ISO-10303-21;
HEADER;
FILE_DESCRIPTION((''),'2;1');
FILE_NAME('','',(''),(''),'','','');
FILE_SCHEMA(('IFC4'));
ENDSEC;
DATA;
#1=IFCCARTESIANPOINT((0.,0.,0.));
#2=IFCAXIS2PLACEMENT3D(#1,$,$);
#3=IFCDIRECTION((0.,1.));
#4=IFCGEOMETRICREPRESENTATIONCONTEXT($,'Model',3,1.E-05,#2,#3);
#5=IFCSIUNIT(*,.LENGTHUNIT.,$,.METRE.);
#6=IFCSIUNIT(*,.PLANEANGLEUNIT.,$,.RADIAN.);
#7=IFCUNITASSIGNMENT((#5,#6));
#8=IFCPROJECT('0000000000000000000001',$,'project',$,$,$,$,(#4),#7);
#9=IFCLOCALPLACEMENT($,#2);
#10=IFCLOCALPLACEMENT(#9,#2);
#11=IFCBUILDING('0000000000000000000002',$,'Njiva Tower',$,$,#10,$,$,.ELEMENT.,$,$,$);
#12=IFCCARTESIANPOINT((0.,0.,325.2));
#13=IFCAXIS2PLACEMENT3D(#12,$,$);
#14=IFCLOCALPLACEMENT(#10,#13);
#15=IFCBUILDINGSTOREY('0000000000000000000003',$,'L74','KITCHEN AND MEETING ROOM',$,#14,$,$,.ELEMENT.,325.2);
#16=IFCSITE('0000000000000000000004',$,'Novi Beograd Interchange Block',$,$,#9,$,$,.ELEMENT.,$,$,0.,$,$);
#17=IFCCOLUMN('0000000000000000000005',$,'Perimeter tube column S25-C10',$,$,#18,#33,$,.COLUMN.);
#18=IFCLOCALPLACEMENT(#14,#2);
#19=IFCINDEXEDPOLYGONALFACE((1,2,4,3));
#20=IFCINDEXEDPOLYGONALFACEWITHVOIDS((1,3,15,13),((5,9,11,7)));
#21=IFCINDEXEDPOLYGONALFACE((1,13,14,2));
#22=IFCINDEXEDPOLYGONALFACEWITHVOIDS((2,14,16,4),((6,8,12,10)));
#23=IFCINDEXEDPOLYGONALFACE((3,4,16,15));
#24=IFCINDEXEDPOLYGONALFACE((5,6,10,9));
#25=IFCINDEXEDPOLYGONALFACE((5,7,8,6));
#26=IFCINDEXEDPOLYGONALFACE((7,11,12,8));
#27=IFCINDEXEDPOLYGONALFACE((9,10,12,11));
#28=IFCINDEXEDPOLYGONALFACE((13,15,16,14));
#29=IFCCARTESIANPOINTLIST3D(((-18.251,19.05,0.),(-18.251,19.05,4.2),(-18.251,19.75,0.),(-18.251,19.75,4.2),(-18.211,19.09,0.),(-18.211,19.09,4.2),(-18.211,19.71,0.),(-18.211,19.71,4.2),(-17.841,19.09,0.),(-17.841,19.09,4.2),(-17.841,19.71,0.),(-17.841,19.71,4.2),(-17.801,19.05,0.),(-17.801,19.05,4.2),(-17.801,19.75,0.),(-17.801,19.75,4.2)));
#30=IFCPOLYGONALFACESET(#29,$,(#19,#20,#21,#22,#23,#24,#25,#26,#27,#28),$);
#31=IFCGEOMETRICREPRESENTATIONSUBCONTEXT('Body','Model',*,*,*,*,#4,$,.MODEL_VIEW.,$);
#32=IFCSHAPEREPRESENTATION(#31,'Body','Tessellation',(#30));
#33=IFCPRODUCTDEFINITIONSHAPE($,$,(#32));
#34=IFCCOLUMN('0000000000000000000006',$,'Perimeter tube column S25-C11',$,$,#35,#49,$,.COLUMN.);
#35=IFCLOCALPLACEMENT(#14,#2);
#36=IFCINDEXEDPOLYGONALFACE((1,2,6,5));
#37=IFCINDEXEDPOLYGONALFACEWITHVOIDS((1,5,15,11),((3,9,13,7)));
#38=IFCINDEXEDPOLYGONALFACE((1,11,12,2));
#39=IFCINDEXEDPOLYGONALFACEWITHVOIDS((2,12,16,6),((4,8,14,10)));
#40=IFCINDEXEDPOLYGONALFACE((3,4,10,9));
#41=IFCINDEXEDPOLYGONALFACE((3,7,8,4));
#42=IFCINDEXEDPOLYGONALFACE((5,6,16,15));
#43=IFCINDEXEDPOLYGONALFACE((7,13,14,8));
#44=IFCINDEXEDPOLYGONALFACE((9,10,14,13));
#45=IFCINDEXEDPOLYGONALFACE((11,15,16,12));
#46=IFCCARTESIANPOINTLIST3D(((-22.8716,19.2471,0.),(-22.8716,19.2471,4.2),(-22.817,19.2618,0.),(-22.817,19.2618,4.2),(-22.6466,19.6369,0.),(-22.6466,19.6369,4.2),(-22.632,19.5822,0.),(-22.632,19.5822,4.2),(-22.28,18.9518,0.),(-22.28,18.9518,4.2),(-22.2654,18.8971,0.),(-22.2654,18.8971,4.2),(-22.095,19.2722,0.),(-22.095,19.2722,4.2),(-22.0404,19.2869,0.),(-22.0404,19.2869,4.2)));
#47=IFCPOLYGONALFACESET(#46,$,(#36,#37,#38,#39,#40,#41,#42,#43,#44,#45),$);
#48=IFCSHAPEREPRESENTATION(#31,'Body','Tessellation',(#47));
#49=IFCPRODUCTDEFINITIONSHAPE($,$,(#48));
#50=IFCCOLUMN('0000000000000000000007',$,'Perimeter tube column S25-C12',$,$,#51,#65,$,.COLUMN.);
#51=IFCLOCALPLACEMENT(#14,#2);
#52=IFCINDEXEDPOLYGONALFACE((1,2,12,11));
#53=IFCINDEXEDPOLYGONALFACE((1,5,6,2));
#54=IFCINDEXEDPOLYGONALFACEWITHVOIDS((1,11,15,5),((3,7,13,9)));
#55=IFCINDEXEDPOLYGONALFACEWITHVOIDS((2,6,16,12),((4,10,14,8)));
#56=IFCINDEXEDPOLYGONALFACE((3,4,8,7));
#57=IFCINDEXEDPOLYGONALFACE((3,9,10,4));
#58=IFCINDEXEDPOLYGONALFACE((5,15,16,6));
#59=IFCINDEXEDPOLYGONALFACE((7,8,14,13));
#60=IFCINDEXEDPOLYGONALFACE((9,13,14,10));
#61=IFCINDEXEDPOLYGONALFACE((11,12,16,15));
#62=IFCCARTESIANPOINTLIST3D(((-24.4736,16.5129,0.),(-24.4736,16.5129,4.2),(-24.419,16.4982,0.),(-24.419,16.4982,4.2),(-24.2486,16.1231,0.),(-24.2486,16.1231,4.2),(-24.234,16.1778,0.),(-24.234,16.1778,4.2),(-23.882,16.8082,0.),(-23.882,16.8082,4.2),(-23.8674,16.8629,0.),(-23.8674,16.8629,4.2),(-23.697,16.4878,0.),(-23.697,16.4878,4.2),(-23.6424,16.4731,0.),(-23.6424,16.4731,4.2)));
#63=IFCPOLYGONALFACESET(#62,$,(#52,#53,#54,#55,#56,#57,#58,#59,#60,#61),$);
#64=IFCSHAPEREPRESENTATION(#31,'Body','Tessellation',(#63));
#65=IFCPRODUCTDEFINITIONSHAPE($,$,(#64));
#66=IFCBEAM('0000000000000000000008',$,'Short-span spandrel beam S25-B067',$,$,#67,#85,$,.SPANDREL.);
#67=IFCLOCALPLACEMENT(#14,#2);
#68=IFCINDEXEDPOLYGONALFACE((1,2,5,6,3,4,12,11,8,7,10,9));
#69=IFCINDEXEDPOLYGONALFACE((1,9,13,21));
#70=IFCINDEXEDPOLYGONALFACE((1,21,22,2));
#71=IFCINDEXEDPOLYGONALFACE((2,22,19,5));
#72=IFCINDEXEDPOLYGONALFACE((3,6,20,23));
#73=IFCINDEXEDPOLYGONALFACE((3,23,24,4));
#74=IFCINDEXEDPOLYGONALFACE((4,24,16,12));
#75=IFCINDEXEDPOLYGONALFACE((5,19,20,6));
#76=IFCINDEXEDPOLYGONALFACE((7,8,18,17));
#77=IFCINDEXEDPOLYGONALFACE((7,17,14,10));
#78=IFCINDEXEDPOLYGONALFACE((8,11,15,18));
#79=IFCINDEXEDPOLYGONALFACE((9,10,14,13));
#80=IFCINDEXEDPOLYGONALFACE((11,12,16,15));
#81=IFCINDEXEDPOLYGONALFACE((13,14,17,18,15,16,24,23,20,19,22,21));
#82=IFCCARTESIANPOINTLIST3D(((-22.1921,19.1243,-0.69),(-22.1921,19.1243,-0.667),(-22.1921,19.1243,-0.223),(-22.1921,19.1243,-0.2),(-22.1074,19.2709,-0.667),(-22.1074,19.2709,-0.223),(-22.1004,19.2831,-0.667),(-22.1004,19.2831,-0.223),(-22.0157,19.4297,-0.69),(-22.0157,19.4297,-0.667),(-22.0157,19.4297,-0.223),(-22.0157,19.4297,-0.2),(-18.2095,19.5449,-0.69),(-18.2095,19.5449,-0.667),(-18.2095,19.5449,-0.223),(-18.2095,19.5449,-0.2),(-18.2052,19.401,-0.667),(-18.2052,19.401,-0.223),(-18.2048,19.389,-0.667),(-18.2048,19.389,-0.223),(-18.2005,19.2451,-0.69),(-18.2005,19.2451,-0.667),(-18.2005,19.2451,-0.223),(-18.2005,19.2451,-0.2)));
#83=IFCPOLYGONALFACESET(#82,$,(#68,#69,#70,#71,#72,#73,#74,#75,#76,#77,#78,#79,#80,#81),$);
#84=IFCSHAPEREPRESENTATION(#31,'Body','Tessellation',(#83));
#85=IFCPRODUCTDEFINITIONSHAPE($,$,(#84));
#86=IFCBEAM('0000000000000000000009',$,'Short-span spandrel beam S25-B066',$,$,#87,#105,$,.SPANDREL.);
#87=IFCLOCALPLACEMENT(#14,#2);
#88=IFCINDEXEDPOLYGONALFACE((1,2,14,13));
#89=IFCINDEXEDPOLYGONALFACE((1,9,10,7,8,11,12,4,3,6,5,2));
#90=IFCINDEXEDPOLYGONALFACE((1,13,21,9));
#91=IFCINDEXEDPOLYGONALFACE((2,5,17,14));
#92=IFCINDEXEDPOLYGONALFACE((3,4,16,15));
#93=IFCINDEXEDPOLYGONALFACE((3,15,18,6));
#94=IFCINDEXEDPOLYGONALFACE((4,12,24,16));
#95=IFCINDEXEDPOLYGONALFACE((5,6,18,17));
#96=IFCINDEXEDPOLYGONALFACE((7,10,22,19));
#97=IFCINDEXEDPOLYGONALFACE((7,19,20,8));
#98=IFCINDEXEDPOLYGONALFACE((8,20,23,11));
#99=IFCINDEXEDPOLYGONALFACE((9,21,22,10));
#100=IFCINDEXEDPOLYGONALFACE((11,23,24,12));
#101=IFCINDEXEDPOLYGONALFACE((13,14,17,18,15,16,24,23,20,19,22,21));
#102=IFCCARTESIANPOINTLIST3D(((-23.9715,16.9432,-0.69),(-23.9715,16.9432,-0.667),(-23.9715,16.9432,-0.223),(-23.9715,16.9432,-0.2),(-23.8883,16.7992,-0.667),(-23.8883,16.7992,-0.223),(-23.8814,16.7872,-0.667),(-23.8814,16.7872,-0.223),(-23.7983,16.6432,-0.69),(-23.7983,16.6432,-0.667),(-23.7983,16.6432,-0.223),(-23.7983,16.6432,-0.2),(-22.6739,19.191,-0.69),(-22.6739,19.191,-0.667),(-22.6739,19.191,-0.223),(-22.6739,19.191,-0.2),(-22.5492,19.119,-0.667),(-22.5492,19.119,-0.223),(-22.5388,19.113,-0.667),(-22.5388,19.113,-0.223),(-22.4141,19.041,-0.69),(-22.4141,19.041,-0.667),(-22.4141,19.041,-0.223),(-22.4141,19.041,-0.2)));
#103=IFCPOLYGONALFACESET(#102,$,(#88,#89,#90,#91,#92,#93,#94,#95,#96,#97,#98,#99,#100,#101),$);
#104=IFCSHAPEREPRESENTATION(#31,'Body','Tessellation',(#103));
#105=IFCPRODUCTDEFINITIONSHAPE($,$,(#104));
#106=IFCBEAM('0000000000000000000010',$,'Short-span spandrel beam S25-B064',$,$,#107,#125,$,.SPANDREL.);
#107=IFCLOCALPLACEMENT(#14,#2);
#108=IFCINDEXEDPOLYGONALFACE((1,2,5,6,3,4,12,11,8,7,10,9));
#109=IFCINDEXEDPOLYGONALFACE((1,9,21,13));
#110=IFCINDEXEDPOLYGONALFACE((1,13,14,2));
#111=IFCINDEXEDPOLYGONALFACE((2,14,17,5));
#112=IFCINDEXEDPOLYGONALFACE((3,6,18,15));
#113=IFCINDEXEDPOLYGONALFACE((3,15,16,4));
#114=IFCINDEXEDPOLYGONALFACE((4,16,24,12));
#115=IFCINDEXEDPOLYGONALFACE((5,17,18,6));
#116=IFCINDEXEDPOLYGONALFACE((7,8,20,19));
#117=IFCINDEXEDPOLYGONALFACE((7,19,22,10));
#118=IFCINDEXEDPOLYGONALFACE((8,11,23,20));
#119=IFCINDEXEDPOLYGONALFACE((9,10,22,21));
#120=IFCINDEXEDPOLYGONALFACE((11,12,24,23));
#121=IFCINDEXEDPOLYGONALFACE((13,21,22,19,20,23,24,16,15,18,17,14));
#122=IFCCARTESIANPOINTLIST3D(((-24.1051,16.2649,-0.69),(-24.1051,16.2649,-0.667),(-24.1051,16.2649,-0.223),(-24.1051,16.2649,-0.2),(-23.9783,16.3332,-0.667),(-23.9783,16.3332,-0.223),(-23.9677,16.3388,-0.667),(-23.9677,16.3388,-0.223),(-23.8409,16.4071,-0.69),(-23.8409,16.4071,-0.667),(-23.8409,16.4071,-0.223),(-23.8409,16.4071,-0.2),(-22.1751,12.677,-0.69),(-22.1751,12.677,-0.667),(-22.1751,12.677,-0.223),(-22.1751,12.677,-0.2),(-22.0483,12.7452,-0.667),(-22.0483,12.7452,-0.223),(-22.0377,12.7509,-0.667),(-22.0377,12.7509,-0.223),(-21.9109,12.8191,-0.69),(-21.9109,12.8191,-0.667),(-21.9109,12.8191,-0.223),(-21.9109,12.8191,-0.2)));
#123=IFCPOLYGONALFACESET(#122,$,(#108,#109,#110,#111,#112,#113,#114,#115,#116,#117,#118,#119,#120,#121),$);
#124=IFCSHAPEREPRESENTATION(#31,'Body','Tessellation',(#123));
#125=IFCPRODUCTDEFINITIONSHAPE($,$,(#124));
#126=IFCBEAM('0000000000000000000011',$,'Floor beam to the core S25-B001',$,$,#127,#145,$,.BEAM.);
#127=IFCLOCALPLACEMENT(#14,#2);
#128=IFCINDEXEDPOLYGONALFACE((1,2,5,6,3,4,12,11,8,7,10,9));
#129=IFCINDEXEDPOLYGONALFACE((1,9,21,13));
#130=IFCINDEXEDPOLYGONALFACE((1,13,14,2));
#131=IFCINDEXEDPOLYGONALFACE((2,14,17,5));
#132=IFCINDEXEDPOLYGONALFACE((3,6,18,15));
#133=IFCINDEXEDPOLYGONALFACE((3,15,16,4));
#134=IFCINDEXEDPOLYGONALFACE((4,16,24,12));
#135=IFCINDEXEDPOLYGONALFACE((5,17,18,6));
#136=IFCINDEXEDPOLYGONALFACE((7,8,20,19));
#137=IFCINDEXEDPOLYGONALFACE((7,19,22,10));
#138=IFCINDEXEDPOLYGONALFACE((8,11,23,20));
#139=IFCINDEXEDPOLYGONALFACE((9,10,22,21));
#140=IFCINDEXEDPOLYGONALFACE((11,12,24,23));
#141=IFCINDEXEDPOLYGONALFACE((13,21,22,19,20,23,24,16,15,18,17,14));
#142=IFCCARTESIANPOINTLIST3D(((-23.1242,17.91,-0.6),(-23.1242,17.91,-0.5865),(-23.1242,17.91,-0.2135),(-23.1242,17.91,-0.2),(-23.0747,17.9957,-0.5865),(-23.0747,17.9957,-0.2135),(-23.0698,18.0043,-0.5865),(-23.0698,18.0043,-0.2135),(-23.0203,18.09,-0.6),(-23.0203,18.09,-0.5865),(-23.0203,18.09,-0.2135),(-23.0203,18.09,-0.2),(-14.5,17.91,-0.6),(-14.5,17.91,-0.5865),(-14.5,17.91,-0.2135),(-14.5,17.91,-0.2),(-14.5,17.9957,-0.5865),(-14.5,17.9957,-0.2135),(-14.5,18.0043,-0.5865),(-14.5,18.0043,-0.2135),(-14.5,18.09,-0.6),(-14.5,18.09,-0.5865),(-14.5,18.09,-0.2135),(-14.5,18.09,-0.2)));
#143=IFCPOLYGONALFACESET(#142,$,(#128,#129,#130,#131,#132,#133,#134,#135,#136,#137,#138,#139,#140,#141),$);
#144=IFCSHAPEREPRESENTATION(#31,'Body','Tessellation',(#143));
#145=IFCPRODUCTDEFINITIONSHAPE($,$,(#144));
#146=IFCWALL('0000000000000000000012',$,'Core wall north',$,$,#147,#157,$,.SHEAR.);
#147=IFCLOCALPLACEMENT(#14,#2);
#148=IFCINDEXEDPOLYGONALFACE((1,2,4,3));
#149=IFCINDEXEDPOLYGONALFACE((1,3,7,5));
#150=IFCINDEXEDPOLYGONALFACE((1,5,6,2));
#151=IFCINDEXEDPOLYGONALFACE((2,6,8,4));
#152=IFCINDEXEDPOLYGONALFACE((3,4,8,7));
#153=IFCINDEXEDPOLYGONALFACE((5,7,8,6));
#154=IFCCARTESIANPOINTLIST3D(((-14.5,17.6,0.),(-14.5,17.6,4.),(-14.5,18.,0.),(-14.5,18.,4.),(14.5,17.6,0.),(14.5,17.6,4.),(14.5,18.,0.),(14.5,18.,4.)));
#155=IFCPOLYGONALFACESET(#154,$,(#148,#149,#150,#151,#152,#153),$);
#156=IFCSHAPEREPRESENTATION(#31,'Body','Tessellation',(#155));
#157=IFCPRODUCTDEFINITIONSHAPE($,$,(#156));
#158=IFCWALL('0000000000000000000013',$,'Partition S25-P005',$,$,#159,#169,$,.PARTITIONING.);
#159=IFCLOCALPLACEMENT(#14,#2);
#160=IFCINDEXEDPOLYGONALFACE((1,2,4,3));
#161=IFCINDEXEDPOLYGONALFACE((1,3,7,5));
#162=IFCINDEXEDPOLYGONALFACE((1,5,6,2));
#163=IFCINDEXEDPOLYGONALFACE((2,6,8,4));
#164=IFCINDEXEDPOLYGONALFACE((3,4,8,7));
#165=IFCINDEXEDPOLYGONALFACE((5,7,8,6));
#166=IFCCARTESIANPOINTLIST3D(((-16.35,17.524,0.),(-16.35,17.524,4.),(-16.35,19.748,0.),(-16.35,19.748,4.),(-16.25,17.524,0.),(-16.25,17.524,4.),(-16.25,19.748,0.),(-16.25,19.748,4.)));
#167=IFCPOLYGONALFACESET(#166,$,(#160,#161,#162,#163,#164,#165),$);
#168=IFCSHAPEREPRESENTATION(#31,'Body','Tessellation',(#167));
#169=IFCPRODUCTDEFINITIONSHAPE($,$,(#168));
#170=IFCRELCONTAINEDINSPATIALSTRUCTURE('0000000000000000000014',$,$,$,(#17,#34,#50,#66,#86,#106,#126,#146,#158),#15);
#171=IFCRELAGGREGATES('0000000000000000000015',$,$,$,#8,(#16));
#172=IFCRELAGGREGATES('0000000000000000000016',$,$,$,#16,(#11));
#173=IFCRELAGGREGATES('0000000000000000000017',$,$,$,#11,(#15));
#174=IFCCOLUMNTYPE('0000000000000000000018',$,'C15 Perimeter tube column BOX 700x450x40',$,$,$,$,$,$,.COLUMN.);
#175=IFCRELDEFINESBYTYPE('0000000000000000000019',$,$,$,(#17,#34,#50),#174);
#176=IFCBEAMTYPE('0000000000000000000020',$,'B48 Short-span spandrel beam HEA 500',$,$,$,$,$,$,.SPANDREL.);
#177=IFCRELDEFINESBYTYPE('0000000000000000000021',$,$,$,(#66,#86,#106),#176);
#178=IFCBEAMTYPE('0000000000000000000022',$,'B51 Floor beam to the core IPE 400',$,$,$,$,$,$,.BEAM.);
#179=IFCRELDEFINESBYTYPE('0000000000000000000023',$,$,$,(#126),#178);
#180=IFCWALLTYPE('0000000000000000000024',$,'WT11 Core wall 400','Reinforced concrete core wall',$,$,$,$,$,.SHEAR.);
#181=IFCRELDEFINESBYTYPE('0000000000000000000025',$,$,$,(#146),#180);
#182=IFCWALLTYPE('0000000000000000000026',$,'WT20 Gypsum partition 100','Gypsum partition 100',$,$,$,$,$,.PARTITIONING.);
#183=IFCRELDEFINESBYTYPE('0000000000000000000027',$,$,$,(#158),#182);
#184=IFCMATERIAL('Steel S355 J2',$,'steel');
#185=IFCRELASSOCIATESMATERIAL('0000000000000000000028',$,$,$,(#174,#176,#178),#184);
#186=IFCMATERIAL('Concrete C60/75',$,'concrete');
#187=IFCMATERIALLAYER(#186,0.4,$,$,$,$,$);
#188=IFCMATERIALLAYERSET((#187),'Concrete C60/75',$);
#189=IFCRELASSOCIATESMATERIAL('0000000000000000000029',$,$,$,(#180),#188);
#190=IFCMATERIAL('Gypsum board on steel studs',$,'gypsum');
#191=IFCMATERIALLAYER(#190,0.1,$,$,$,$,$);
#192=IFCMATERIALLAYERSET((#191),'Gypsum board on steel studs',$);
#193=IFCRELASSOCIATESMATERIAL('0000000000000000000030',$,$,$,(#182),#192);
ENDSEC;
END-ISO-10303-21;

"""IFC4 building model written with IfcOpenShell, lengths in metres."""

from ifc_helpers import new_model, si_unit, direction, frame, frame_2d, origin, origin_2d, place, context, subcontext, project, spatial, rectangle, hollow_rectangle, i_section, extrude, clip, halfspace, material, layer, layer_set, material_profile, profile_set, type_object, element, save


model = new_model("IFC4")

# Units and contexts
model_context = context("Model", 3, precision=1e-05, world=origin(), true_north=direction((0.0, 1.0)))
body_context = subcontext(model_context, "Body", "Model", "MODEL_VIEW")
ifc_project = project(units=[si_unit("LENGTHUNIT", "METRE"), si_unit("PLANEANGLEUNIT", "RADIAN")], contexts=[model_context])

# Site, building, storey
site_placement = place(None, origin())
site = spatial("IfcSite", under=ifc_project, at=site_placement, Name="Novi Beograd Interchange Block", CompositionType="ELEMENT", RefElevation=0.0)
building_placement = place(site_placement, origin())
building = spatial("IfcBuilding", under=site, at=building_placement, Name="Njiva Tower", CompositionType="ELEMENT")
storey_placement = place(building_placement, frame((0.0, 0.0, 325.2)))
storey = spatial("IfcBuildingStorey", under=building, at=storey_placement, Name="L74", Description="KITCHEN AND MEETING ROOM", CompositionType="ELEMENT", Elevation=325.2)

# Columns
ifc_material_1 = material(Name="Steel S355 J2", Category="steel")
ifc_material_profile_1 = material_profile(ifc_material_1, hollow_rectangle(XDim=0.45, YDim=0.7, WallThickness=0.04, at=origin_2d()), Name="BOX 700x450x40")
ifc_profile_set_1 = profile_set([ifc_material_profile_1], Name="Steel S355 J2")
column_type = type_object("IfcColumnType", Name="C15 Perimeter tube column BOX 700x450x40", PredefinedType="COLUMN", material=ifc_profile_set_1)
for number, where, z_axis, x_axis, name in (
    (1, (-18.026, 19.4, 0.0), (0.0, 0.0, 1.0), (-1.0, 0.0, 0.0), "Perimeter tube column S25-C10"),
    (2, (-22.456, 19.267, 0.0), (0.0, 0.0, 1.0), (-0.5, -0.866025, 0.0), "Perimeter tube column S25-C11"),
    (3, (-24.058, 16.493, 0.0), (0.0, 0.0, 1.0), (0.5, -0.866025, 0.0), "Perimeter tube column S25-C12"),
):
    element("IfcColumn", number, at=place(storey_placement, frame(where, z_axis=z_axis, x_axis=x_axis)), inside=storey, type_object=column_type, Name=name, PredefinedType="COLUMN", context=body_context, shape_type="SweptSolid", body=[
        extrude(hollow_rectangle(XDim=0.45, YDim=0.7, WallThickness=0.04, at=origin_2d()), origin(), (0.0, 0.0, 1.0), 4.2),
    ])

# Beams
ifc_material_profile_2 = material_profile(ifc_material_1, i_section(OverallWidth=0.3, OverallDepth=0.49, WebThickness=0.012, FlangeThickness=0.023, at=origin_2d()), Name="HEA 500")
ifc_profile_set_2 = profile_set([ifc_material_profile_2], Name="Steel S355 J2")
beam_type_1 = type_object("IfcBeamType", Name="B48 Short-span spandrel beam HEA 500", PredefinedType="SPANDREL", material=ifc_profile_set_2)
beam_1_placement = place(storey_placement, frame((-18.205, 19.395, -0.445), z_axis=(-0.999542, -0.03025, 0.0), x_axis=(0.03025, -0.999542, 0.0)))
element("IfcBeam", 4, at=beam_1_placement, inside=storey, type_object=beam_type_1, Name="Short-span spandrel beam S25-B067", PredefinedType="SPANDREL", context=body_context, shape_type="Clipping", body=[
    clip(extrude(i_section(OverallWidth=0.3, OverallDepth=0.49, WebThickness=0.012, FlangeThickness=0.023, at=origin_2d()), origin(), (0.0, 0.0, 1.0), 4.0138), halfspace(frame((-0.0268, 0.0, 3.8841), z_axis=(-0.525967, 0.0, 0.850505), x_axis=(0.0, 1.0, 0.0)), False)),
])
beam_2_placement = place(storey_placement, frame((-22.544, 19.116, -0.445), z_axis=(-0.499948, -0.866055, 0.0), x_axis=(0.866055, -0.499948, 0.0)))
element("IfcBeam", 5, at=beam_2_placement, inside=storey, type_object=beam_type_1, Name="Short-span spandrel beam S25-B066", PredefinedType="SPANDREL", context=body_context, shape_type="Clipping", body=[
    clip(extrude(i_section(OverallWidth=0.3, OverallDepth=0.49, WebThickness=0.012, FlangeThickness=0.023, at=origin_2d()), origin(), (0.0, 0.0, 1.0), 2.7893), halfspace(frame((-0.0246, 0.0, 2.6678), z_axis=(-0.500054, 0.0, 0.865994), x_axis=(0.0, 1.0, 0.0)), False)),
])
beam_3_placement = place(storey_placement, frame((-23.973, 16.336, -0.445), z_axis=(0.473719, -0.880676, 0.0), x_axis=(0.880676, 0.473719, 0.0)))
element("IfcBeam", 6, at=beam_3_placement, inside=storey, type_object=beam_type_1, Name="Short-span spandrel beam S25-B064", PredefinedType="SPANDREL", context=body_context, shape_type="SweptSolid", body=[
    extrude(i_section(OverallWidth=0.3, OverallDepth=0.49, WebThickness=0.012, FlangeThickness=0.023, at=origin_2d()), origin(), (0.0, 0.0, 1.0), 4.0741),
])
ifc_material_profile_3 = material_profile(ifc_material_1, i_section(OverallWidth=0.18, OverallDepth=0.4, WebThickness=0.0086, FlangeThickness=0.0135, at=origin_2d()), Name="IPE 400")
ifc_profile_set_3 = profile_set([ifc_material_profile_3], Name="Steel S355 J2")
beam_type_2 = type_object("IfcBeamType", Name="B51 Floor beam to the core IPE 400", PredefinedType="BEAM", material=ifc_profile_set_3)
beam_4_placement = place(storey_placement, frame((-23.144, 18.0, -0.4), z_axis=(1.0, 0.0, 0.0), x_axis=(0.0, 1.0, 0.0)))
element("IfcBeam", 7, at=beam_4_placement, inside=storey, type_object=beam_type_2, Name="Floor beam to the core S25-B001", PredefinedType="BEAM", context=body_context, shape_type="Clipping", body=[
    clip(extrude(i_section(OverallWidth=0.18, OverallDepth=0.4, WebThickness=0.0086, FlangeThickness=0.0135, at=origin_2d()), origin(), (0.0, 0.0, 1.0), 8.644), halfspace(frame((0.025, 0.0, 0.0862), z_axis=(0.499998, 0.0, -0.866027), x_axis=(0.0, -1.0, 0.0)), False)),
])

# Walls
ifc_material_2 = material(Name="Concrete C60/75", Category="concrete")
ifc_layer_1 = layer(ifc_material_2, 0.4)
ifc_layer_set_1 = layer_set([ifc_layer_1], Name="Concrete C60/75")
wall_type_1 = type_object("IfcWallType", Name="WT11 Core wall 400", Description="Reinforced concrete core wall", PredefinedType="SHEAR", material=ifc_layer_set_1)
wall_1_placement = place(storey_placement, frame((-14.5, 17.8, 0.0), z_axis=(0.0, 0.0, 1.0), x_axis=(1.0, 0.0, 0.0)))
element("IfcWall", 8, at=wall_1_placement, inside=storey, type_object=wall_type_1, Name="Core wall north", PredefinedType="SHEAR", context=body_context, shape_type="SweptSolid", body=[
    extrude(rectangle(XDim=29.0, YDim=0.4, at=frame_2d((14.5, 0.0))), origin(), (0.0, 0.0, 1.0), 4.0),
])
ifc_material_3 = material(Name="Gypsum board on steel studs", Category="gypsum")
ifc_layer_2 = layer(ifc_material_3, 0.1)
ifc_layer_set_2 = layer_set([ifc_layer_2], Name="Gypsum board on steel studs")
wall_type_2 = type_object("IfcWallType", Name="WT20 Gypsum partition 100", Description="Gypsum partition 100", PredefinedType="PARTITIONING", material=ifc_layer_set_2)
wall_2_placement = place(storey_placement, frame((-16.3, 17.524, 0.0), z_axis=(0.0, 0.0, 1.0), x_axis=(0.0, 1.0, 0.0)))
element("IfcWall", 9, at=wall_2_placement, inside=storey, type_object=wall_type_2, Name="Partition S25-P005", PredefinedType="PARTITIONING", context=body_context, shape_type="SweptSolid", body=[
    extrude(rectangle(XDim=2.224, YDim=0.1, at=frame_2d((1.112, 0.0))), origin(), (0.0, 0.0, 1.0), 4.0),
])

save(model, "model.ifc")
